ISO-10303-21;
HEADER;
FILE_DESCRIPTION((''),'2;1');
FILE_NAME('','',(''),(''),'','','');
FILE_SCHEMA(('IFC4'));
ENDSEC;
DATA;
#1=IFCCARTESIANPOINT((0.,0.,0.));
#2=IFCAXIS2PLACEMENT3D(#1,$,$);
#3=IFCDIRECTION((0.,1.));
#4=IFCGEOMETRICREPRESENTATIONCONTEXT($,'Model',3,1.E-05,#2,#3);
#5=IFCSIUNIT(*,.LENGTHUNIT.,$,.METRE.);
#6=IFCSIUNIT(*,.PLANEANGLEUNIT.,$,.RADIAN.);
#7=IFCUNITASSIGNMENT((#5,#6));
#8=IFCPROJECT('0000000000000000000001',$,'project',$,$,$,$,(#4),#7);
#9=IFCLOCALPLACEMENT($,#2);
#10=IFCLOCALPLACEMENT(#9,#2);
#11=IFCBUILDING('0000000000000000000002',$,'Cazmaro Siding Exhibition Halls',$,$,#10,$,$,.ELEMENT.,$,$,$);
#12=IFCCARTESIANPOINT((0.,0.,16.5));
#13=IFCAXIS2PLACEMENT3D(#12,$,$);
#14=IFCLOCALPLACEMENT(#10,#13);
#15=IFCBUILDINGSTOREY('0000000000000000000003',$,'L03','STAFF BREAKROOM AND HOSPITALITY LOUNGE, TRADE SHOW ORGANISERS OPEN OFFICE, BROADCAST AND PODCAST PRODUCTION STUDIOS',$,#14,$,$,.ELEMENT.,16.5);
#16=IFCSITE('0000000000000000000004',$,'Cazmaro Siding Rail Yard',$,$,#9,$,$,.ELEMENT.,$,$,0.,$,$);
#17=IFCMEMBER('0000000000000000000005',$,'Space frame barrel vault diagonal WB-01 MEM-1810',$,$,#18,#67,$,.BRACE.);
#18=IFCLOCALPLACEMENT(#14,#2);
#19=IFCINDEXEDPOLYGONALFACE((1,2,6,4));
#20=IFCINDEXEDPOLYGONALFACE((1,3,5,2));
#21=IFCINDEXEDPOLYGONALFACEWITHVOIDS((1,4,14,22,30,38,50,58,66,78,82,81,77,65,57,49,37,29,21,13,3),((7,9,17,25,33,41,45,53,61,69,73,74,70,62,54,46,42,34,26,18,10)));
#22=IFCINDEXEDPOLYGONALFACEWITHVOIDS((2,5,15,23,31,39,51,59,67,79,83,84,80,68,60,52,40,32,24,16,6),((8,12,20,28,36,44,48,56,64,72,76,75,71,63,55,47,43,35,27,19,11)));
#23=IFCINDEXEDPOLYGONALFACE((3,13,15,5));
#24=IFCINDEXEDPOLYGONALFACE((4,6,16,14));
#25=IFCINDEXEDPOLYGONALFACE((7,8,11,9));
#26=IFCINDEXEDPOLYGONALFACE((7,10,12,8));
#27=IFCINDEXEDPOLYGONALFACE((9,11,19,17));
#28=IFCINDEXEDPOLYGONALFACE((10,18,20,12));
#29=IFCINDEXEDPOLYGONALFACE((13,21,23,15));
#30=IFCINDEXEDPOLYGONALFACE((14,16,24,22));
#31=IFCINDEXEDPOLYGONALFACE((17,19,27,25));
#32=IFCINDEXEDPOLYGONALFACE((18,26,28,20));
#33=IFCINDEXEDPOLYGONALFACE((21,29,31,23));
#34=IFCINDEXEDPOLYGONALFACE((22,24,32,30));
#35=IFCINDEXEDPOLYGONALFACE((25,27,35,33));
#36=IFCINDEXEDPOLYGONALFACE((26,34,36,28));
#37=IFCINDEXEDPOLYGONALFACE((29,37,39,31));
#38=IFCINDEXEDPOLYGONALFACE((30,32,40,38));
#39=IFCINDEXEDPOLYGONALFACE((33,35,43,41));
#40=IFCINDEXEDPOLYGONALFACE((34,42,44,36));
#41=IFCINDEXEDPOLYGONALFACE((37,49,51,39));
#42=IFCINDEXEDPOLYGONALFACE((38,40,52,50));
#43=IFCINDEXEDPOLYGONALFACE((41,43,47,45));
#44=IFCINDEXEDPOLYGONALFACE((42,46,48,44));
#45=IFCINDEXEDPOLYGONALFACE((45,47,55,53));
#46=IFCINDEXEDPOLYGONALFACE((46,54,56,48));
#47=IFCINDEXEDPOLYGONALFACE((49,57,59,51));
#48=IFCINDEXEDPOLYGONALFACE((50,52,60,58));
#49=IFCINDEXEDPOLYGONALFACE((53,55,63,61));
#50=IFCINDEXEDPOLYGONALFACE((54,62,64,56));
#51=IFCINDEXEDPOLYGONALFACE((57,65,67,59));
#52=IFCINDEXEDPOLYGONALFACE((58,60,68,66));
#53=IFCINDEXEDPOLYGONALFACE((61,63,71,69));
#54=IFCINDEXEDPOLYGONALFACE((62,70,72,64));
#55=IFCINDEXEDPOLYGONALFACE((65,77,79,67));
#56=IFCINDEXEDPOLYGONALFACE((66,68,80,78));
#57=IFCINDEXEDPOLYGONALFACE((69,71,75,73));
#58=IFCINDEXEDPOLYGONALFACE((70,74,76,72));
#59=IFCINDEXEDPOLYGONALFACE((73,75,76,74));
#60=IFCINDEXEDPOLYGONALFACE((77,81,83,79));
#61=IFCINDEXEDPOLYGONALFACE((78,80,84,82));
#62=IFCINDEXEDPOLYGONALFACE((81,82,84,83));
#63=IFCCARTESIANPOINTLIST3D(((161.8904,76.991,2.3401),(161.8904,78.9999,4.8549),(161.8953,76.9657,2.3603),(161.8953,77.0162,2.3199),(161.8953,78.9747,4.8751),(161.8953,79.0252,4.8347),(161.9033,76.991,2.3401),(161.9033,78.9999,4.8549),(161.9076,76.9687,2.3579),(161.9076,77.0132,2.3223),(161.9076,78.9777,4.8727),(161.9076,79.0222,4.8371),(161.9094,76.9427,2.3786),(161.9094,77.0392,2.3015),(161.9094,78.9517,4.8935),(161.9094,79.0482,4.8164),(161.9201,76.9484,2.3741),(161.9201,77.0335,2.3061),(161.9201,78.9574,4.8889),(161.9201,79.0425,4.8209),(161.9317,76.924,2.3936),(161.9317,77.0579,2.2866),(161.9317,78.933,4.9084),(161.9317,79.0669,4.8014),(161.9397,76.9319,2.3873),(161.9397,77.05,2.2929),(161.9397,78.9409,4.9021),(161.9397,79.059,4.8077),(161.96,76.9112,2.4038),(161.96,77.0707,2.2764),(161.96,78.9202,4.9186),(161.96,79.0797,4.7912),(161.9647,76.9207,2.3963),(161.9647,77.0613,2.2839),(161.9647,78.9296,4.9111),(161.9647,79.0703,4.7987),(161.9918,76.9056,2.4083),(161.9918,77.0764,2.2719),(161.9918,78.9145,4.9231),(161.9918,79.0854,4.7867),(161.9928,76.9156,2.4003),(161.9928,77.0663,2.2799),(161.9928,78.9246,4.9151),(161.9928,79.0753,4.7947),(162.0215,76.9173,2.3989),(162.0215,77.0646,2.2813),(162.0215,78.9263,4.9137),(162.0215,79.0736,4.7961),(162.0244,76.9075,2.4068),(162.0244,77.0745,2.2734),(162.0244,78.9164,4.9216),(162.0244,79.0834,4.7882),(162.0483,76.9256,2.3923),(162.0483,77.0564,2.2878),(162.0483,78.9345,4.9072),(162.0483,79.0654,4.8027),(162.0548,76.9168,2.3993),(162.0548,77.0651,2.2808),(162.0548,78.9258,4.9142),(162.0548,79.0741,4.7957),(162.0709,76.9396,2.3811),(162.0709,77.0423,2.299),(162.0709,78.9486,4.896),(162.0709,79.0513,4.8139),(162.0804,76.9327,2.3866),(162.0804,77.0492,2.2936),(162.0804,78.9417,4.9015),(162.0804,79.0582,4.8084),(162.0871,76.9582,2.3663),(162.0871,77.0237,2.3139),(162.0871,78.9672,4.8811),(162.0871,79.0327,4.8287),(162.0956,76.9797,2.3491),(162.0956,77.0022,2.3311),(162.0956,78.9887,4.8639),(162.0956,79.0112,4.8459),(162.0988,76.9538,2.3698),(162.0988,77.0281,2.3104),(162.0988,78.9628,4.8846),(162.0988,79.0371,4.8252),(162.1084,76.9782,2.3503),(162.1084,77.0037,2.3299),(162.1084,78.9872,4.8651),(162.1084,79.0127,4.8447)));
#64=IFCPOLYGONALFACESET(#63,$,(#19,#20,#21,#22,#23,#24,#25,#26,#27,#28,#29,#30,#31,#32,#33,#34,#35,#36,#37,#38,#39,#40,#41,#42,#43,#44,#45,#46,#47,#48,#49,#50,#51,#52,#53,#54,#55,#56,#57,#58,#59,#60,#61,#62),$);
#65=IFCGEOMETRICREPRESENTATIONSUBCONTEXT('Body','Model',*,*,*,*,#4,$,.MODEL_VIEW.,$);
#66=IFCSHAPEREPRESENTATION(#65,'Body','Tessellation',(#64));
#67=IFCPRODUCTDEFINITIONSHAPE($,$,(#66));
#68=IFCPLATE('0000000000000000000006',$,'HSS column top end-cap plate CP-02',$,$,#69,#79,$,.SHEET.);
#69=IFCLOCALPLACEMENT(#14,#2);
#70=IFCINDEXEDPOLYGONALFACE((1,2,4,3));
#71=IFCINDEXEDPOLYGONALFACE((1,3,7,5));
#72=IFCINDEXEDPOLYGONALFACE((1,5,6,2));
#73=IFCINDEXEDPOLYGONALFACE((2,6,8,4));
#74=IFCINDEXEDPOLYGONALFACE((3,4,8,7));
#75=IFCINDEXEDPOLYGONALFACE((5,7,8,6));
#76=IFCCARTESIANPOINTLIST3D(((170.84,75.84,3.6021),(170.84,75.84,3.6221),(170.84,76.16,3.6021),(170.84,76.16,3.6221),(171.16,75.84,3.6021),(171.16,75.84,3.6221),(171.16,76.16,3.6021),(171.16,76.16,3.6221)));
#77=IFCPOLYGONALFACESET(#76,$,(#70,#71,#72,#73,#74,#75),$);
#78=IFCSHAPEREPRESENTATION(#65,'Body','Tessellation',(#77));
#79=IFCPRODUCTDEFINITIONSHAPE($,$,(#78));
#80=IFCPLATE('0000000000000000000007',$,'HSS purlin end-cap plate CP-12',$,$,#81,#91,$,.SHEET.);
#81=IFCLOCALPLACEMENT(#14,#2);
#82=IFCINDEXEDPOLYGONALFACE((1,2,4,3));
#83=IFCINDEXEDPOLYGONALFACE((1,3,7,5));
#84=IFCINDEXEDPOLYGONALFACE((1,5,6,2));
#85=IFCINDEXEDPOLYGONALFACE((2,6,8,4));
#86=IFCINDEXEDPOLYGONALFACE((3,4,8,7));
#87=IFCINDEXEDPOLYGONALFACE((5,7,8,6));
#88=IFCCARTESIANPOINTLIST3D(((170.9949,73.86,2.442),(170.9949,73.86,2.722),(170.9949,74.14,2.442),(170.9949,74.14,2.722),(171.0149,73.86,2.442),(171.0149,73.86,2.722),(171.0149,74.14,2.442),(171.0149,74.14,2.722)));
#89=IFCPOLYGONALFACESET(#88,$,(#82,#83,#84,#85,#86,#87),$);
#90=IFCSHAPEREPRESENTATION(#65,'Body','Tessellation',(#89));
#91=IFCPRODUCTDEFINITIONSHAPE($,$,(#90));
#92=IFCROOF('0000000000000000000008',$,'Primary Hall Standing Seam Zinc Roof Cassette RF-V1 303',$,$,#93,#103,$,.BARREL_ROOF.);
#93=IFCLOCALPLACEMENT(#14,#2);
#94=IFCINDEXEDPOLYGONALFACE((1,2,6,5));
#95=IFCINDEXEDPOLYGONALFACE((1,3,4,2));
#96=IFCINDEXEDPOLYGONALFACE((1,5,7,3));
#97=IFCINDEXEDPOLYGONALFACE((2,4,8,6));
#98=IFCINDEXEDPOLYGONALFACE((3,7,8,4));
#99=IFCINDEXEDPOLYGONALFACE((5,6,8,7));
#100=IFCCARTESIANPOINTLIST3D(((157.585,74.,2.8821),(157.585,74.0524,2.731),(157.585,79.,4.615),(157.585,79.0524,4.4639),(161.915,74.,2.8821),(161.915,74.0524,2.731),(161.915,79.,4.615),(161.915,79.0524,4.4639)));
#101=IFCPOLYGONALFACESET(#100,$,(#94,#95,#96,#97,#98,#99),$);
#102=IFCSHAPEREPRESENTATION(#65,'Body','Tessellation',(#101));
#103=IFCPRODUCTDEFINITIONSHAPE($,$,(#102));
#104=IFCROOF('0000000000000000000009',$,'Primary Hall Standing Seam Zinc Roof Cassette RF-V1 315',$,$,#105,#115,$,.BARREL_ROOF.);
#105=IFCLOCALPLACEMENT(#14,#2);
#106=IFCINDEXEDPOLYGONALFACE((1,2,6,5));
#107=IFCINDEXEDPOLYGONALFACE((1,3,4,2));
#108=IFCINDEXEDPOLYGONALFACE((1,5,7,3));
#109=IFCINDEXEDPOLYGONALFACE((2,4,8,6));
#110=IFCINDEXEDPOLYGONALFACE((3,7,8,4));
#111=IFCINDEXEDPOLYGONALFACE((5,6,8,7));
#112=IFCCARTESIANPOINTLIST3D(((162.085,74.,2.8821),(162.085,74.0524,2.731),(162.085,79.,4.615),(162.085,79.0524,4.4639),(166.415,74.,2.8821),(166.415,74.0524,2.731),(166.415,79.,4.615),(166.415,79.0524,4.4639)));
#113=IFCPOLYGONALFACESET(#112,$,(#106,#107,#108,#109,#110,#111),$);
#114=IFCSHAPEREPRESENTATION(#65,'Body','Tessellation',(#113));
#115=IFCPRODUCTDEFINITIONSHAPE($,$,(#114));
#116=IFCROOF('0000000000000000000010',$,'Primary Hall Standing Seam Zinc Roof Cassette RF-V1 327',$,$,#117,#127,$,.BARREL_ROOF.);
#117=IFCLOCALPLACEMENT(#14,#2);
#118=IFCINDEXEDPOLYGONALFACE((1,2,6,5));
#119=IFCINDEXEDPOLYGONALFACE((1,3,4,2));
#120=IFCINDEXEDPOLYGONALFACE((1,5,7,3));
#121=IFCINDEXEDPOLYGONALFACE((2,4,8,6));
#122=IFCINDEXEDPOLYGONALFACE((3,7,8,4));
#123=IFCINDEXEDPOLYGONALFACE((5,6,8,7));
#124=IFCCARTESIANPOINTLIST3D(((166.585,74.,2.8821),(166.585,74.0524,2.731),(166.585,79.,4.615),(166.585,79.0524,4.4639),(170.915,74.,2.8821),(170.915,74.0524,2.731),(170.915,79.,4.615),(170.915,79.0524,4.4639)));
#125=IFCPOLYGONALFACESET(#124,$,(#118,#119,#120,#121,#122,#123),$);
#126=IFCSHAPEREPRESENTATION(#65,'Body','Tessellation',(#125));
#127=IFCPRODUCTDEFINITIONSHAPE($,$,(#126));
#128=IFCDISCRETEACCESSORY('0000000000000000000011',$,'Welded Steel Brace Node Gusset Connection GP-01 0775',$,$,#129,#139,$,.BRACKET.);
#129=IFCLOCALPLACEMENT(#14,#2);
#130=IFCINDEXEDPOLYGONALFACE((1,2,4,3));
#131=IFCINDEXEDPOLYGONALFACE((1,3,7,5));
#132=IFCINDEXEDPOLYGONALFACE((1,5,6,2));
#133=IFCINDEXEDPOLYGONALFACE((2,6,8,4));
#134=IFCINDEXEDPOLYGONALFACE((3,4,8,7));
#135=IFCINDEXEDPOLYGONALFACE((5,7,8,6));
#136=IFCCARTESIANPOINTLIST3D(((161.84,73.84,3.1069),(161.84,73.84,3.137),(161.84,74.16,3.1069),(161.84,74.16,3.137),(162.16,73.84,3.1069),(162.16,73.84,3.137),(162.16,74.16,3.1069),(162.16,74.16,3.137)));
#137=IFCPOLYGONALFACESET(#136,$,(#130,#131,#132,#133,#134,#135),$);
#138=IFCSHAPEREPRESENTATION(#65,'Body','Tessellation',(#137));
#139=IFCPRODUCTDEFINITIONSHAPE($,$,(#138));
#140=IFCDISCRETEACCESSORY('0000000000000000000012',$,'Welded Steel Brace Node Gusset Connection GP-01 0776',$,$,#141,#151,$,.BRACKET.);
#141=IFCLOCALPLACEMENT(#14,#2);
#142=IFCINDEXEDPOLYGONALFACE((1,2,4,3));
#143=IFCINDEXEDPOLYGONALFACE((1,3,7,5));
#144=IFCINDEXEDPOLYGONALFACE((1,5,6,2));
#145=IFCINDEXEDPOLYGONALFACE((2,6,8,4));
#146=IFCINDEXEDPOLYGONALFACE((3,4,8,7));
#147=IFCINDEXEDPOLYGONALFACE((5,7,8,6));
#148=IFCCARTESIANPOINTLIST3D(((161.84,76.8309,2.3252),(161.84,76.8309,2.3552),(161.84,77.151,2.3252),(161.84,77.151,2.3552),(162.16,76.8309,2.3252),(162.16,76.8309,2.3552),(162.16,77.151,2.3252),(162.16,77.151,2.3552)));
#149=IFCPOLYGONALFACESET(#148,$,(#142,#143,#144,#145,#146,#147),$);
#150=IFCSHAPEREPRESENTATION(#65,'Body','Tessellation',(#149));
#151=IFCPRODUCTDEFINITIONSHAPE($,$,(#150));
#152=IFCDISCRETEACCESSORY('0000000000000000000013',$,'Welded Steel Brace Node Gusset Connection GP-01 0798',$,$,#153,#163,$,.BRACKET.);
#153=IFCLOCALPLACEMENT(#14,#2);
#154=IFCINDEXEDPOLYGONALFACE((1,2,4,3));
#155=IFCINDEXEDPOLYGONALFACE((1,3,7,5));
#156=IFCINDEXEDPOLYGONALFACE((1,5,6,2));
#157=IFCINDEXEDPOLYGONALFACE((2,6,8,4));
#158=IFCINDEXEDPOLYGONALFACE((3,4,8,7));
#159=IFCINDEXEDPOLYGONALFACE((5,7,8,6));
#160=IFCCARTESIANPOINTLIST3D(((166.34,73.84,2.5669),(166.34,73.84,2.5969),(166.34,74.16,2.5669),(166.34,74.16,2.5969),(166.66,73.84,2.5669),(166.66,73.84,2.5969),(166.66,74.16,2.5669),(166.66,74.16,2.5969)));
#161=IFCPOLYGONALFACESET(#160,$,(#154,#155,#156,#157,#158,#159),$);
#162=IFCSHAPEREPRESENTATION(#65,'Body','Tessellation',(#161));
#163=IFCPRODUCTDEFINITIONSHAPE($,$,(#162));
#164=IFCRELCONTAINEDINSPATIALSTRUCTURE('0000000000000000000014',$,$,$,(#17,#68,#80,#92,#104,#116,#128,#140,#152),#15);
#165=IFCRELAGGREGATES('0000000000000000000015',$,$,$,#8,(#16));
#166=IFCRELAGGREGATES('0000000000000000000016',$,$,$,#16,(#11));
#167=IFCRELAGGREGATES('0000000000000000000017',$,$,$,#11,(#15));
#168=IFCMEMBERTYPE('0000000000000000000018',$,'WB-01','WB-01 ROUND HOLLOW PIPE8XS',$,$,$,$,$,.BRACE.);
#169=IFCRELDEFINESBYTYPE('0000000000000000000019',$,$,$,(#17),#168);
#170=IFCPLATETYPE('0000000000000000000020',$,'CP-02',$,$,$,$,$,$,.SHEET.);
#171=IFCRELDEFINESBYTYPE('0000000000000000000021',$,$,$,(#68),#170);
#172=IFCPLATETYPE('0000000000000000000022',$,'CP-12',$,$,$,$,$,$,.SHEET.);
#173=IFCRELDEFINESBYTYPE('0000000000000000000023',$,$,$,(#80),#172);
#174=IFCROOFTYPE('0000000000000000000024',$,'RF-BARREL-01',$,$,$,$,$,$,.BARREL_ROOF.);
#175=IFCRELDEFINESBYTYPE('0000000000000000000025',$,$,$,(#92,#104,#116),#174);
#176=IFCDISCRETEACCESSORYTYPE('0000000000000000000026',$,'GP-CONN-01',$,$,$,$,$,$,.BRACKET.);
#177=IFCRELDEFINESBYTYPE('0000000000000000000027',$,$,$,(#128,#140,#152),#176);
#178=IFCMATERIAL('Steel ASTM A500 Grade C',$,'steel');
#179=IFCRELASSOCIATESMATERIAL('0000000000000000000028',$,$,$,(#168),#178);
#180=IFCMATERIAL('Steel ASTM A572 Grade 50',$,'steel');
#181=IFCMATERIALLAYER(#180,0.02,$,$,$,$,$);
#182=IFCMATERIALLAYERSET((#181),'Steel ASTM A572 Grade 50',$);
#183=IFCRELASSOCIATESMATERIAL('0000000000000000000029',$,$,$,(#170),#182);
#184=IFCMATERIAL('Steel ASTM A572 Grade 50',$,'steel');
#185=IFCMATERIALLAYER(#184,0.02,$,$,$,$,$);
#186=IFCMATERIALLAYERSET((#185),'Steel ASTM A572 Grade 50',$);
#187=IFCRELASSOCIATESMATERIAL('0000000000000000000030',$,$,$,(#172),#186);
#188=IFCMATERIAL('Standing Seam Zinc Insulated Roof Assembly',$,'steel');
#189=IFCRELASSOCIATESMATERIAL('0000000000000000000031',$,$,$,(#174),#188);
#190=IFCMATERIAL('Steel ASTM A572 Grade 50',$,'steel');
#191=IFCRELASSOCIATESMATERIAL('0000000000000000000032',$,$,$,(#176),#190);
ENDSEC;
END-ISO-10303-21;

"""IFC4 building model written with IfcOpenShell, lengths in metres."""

from ifc_helpers import new_model, si_unit, direction, frame, origin, origin_2d, place, context, subcontext, project, spatial, polyline, rectangle, hollow_circle, outline, extrude, material, layer, layer_set, material_profile, profile_set, type_object, element, save


model = new_model("IFC4")

# Units and contexts
model_context = context("Model", 3, precision=1e-05, world=origin(), true_north=direction((0.0, 1.0)))
body_context = subcontext(model_context, "Body", "Model", "MODEL_VIEW")
ifc_project = project(units=[si_unit("LENGTHUNIT", "METRE"), si_unit("PLANEANGLEUNIT", "RADIAN")], contexts=[model_context])

# Site, building, storey
site_placement = place(None, origin())
site = spatial("IfcSite", under=ifc_project, at=site_placement, Name="Cazmaro Siding Rail Yard", CompositionType="ELEMENT", RefElevation=0.0)
building_placement = place(site_placement, origin())
building = spatial("IfcBuilding", under=site, at=building_placement, Name="Cazmaro Siding Exhibition Halls", CompositionType="ELEMENT")
storey_placement = place(building_placement, frame((0.0, 0.0, 16.5)))
storey = spatial("IfcBuildingStorey", under=building, at=storey_placement, Name="L03", Description="STAFF BREAKROOM AND HOSPITALITY LOUNGE, TRADE SHOW ORGANISERS OPEN OFFICE, BROADCAST AND PODCAST PRODUCTION STUDIOS", CompositionType="ELEMENT", Elevation=16.5)

# Member
ifc_material_1 = material(Name="Steel ASTM A500 Grade C", Category="steel")
ifc_material_profile_1 = material_profile(ifc_material_1, hollow_circle(Radius=0.1096, WallThickness=0.0129, at=origin_2d()), Name="PIPE8XS")
ifc_profile_set_1 = profile_set([ifc_material_profile_1], Name="Steel ASTM A500 Grade C")
member_type_1 = type_object("IfcMemberType", Name="WB-01", Description="WB-01 ROUND HOLLOW PIPE8XS", PredefinedType="BRACE", material=ifc_profile_set_1)
member_1_placement = place(storey_placement, frame((162.0, 76.991, 2.3401), z_axis=(0.0, 0.624149, 0.781305), x_axis=(-1.0, 0.0, 0.0)))
element("IfcMember", 1, at=member_1_placement, inside=storey, type_object=member_type_1, Name="Space frame barrel vault diagonal WB-01 MEM-1810", PredefinedType="BRACE", context=body_context, shape_type="SweptSolid", body=[
    extrude(hollow_circle(Radius=0.1096, WallThickness=0.0129, at=origin_2d()), origin(), (0.0, 0.0, 1.0), 3.2188),
])

# Plates
ifc_material_2 = material(Name="Steel ASTM A572 Grade 50", Category="steel")
ifc_layer_1 = layer(ifc_material_2, 0.02)
ifc_layer_set_1 = layer_set([ifc_layer_1], Name="Steel ASTM A572 Grade 50")
plate_type_1 = type_object("IfcPlateType", Name="CP-02", PredefinedType="SHEET", material=ifc_layer_set_1)
plate_1_placement = place(storey_placement, frame((171.0, 76.0, 3.6021), z_axis=(0.0, 0.0, 1.0), x_axis=(1.0, 0.0, 0.0)))
element("IfcPlate", 2, at=plate_1_placement, inside=storey, type_object=plate_type_1, Name="HSS column top end-cap plate CP-02", PredefinedType="SHEET", context=body_context, shape_type="SweptSolid", body=[
    extrude(rectangle(XDim=0.3201, YDim=0.3201, at=origin_2d()), origin(), (0.0, 0.0, 1.0), 0.02),
])
ifc_material_3 = material(Name="Steel ASTM A572 Grade 50", Category="steel")
ifc_layer_2 = layer(ifc_material_3, 0.02)
ifc_layer_set_2 = layer_set([ifc_layer_2], Name="Steel ASTM A572 Grade 50")
plate_type_2 = type_object("IfcPlateType", Name="CP-12", PredefinedType="SHEET", material=ifc_layer_set_2)
plate_2_placement = place(storey_placement, frame((170.9949, 74.0, 2.582), z_axis=(1.0, 0.0, 0.0), x_axis=(0.0, 1.0, 0.0)))
element("IfcPlate", 3, at=plate_2_placement, inside=storey, type_object=plate_type_2, Name="HSS purlin end-cap plate CP-12", PredefinedType="SHEET", context=body_context, shape_type="SweptSolid", body=[
    extrude(rectangle(XDim=0.28, YDim=0.28, at=origin_2d()), origin(), (0.0, 0.0, 1.0), 0.02),
])

# Roofs
ifc_material_4 = material(Name="Standing Seam Zinc Insulated Roof Assembly", Category="steel")
roof_type = type_object("IfcRoofType", Name="RF-BARREL-01", PredefinedType="BARREL_ROOF", material=ifc_material_4)
for number, where, z_axis, x_axis, name in (
    (4, (157.585, 74.0, 2.8821), (0.0, -0.327472, 0.944861), (1.0, 0.0, 0.0), "Primary Hall Standing Seam Zinc Roof Cassette RF-V1 303"),
    (5, (162.085, 74.0, 2.8821), (0.0, -0.327472, 0.944861), (1.0, 0.0, 0.0), "Primary Hall Standing Seam Zinc Roof Cassette RF-V1 315"),
    (6, (166.585, 74.0, 2.8821), (0.0, -0.327472, 0.944861), (1.0, 0.0, 0.0), "Primary Hall Standing Seam Zinc Roof Cassette RF-V1 327"),
):
    element("IfcRoof", number, at=place(storey_placement, frame(where, z_axis=z_axis, x_axis=x_axis)), inside=storey, type_object=roof_type, Name=name, PredefinedType="BARREL_ROOF", context=body_context, shape_type="SweptSolid", body=[
        extrude(outline(polyline([(0.0, 0.0), (4.3301, 0.0), (4.3301, 5.2918), (0.0, 5.2918), (0.0, 0.0)])), origin(), (0.0, 0.0, -1.0), 0.1599),
    ])

# Discrete accessories
ifc_material_5 = material(Name="Steel ASTM A572 Grade 50", Category="steel")
discrete_accessory_type = type_object("IfcDiscreteAccessoryType", Name="GP-CONN-01", PredefinedType="BRACKET", material=ifc_material_5)
for number, where, z_axis, x_axis, name in (
    (7, (162.0, 74.0, 3.1069), (0.0, 0.0, 1.0), (1.0, 0.0, 0.0), "Welded Steel Brace Node Gusset Connection GP-01 0775"),
    (8, (162.0, 76.991, 2.3252), (0.0, 0.0, 1.0), (1.0, 0.0, 0.0), "Welded Steel Brace Node Gusset Connection GP-01 0776"),
    (9, (166.5, 74.0, 2.5669), (0.0, 0.0, 1.0), (1.0, 0.0, 0.0), "Welded Steel Brace Node Gusset Connection GP-01 0798"),
):
    element("IfcDiscreteAccessory", number, at=place(storey_placement, frame(where, z_axis=z_axis, x_axis=x_axis)), inside=storey, type_object=discrete_accessory_type, Name=name, PredefinedType="BRACKET", context=body_context, shape_type="SweptSolid", body=[
        extrude(rectangle(XDim=0.3201, YDim=0.3201, at=origin_2d()), origin(), (0.0, 0.0, 1.0), 0.03),
    ])

save(model, "model.ifc")
